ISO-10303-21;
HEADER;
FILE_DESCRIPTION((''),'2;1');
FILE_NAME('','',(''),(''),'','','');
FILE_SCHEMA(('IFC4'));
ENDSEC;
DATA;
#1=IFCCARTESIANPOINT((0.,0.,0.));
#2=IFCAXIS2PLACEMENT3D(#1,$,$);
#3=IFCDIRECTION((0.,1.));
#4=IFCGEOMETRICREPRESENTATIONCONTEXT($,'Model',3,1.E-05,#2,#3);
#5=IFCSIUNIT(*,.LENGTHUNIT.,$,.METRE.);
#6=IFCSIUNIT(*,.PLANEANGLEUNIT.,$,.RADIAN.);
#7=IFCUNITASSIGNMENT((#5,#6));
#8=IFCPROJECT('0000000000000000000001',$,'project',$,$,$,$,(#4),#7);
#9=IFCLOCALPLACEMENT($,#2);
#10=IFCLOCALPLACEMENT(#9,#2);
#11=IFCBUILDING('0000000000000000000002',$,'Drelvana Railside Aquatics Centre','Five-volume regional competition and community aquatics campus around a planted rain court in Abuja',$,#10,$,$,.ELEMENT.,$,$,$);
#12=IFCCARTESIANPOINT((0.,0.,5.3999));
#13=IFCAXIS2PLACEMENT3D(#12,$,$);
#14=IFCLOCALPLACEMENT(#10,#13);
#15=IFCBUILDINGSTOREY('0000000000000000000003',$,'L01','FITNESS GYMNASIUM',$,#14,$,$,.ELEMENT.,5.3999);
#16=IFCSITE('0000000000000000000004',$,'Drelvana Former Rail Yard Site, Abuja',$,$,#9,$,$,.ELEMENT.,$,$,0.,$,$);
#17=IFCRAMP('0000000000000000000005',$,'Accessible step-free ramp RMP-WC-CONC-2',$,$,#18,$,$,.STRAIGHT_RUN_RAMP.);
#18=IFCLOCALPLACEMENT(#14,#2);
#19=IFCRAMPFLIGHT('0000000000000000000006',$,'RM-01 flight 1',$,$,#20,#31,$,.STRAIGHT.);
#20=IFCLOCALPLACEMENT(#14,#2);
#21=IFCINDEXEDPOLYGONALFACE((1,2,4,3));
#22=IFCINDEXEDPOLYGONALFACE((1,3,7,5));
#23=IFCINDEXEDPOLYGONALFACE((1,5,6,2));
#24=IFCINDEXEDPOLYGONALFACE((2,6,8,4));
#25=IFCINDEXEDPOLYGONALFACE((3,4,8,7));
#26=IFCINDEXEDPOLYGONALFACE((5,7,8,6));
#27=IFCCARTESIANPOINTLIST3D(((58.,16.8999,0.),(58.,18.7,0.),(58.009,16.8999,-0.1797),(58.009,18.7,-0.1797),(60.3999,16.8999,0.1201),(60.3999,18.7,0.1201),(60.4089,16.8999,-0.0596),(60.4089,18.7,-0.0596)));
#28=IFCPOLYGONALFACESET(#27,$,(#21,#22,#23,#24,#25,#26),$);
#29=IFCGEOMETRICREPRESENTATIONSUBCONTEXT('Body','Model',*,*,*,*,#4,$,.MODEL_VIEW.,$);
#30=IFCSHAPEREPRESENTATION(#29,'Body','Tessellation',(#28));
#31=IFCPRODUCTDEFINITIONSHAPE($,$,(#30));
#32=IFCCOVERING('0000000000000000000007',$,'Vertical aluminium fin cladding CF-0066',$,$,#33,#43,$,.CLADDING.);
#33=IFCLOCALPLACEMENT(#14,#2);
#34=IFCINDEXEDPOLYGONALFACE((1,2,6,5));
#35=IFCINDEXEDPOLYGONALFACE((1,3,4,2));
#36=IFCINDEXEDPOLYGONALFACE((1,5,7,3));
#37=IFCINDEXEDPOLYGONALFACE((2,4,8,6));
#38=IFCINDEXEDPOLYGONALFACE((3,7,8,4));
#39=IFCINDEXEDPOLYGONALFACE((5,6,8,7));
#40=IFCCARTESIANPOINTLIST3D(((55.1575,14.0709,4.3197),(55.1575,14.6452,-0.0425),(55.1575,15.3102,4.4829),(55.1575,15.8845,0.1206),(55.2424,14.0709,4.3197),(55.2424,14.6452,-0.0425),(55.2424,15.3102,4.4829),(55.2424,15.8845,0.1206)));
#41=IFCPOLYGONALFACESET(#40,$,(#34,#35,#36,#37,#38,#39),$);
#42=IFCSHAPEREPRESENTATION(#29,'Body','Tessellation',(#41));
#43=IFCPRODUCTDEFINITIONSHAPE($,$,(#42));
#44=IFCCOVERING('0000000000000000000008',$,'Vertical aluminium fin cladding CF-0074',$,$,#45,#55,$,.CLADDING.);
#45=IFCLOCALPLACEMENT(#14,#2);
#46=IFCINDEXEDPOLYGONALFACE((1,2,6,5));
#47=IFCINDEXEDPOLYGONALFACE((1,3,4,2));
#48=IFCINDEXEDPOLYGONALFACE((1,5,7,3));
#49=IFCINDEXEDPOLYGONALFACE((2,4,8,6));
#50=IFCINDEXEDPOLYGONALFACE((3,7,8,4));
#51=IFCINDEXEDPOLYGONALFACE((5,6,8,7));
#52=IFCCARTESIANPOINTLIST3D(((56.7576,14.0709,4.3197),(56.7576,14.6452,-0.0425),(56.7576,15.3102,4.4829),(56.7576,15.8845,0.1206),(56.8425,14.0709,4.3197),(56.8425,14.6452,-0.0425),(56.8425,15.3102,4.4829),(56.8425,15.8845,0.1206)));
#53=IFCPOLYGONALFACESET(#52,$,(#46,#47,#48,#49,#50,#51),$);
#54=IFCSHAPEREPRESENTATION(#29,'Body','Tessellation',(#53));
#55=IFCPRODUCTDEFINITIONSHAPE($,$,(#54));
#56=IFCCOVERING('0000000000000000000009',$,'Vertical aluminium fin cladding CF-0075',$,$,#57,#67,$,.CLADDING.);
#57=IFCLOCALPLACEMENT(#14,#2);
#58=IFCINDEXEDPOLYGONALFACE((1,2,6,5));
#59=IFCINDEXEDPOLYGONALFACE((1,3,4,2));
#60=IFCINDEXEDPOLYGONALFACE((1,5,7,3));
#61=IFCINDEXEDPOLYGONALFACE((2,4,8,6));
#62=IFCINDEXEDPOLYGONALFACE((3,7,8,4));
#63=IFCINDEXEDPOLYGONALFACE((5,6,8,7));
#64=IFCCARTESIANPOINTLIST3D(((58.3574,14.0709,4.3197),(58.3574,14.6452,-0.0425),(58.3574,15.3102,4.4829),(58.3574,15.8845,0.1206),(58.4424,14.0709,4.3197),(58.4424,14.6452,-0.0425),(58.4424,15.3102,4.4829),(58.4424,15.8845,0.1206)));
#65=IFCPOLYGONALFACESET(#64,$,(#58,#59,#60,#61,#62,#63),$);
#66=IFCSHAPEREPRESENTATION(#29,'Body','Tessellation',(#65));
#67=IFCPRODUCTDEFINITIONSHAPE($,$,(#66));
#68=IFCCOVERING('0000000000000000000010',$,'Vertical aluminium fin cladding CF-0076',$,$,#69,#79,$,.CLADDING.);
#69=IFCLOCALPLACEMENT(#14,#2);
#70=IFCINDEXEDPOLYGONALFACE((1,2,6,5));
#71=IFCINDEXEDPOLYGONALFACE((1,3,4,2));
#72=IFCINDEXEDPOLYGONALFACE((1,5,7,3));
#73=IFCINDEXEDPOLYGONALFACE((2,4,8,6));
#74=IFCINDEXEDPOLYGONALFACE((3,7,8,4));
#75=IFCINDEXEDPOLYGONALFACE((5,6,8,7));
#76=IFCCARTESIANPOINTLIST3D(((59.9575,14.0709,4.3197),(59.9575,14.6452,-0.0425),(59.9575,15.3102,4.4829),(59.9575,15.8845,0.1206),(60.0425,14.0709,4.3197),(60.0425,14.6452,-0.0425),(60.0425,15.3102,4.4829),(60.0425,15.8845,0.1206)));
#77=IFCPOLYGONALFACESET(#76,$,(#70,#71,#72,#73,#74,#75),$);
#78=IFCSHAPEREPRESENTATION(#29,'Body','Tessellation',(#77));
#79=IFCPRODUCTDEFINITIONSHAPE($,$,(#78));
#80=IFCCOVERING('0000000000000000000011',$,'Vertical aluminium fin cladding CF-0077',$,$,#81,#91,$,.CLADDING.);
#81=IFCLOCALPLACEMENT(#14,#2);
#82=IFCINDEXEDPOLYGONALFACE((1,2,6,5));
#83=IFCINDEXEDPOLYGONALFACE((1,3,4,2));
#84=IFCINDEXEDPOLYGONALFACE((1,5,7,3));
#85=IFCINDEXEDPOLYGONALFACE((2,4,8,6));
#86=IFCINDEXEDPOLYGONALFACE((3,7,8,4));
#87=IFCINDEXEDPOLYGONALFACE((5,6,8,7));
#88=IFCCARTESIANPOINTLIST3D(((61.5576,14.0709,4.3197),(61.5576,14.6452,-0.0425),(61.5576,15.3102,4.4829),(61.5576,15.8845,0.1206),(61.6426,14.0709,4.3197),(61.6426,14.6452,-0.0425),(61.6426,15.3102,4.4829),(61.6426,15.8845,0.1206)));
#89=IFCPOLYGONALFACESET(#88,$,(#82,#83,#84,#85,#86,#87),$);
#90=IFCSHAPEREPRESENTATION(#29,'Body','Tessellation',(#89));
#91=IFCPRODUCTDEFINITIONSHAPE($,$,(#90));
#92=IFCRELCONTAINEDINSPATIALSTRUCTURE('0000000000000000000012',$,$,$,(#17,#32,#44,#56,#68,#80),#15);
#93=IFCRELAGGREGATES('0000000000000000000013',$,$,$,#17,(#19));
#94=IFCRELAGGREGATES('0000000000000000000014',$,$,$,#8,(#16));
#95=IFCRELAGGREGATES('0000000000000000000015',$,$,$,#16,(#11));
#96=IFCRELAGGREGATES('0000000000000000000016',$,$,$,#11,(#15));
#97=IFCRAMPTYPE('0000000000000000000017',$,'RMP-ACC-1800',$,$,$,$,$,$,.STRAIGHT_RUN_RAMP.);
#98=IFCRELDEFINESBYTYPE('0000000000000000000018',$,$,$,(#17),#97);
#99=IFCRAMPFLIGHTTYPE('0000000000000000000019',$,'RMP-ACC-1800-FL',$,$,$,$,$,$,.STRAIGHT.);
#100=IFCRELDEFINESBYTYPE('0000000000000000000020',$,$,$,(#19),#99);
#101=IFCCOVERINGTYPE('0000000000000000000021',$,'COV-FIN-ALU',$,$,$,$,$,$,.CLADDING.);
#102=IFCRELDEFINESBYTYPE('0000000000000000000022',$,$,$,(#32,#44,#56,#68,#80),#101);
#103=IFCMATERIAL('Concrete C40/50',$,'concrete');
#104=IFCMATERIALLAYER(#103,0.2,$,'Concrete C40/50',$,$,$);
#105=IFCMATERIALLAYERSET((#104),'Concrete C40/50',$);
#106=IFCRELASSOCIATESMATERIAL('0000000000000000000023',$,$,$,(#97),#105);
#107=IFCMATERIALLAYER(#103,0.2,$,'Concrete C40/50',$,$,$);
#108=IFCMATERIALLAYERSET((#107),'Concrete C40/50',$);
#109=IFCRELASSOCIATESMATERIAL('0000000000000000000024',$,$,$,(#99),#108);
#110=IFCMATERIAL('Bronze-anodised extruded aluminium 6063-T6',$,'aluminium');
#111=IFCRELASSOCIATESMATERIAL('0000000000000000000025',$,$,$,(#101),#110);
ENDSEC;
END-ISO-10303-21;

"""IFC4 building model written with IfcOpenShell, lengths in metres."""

from ifc_helpers import new_model, si_unit, direction, frame, origin, origin_2d, place, context, subcontext, project, spatial, polyline, rectangle, outline, extrude, material, layer, layer_set, type_object, element, aggregate, save


model = new_model("IFC4")

# Units and contexts
model_context = context("Model", 3, precision=1e-05, world=origin(), true_north=direction((0.0, 1.0)))
body_context = subcontext(model_context, "Body", "Model", "MODEL_VIEW")
ifc_project = project(units=[si_unit("LENGTHUNIT", "METRE"), si_unit("PLANEANGLEUNIT", "RADIAN")], contexts=[model_context])

# Site, building, storey
site_placement = place(None, origin())
site = spatial("IfcSite", under=ifc_project, at=site_placement, Name="Drelvana Former Rail Yard Site, Abuja", CompositionType="ELEMENT", RefElevation=0.0)
building_placement = place(site_placement, origin())
building = spatial("IfcBuilding", under=site, at=building_placement, Name="Drelvana Railside Aquatics Centre", Description="Five-volume regional competition and community aquatics campus around a planted rain court in Abuja", CompositionType="ELEMENT")
storey_placement = place(building_placement, frame((0.0, 0.0, 5.3999)))
storey = spatial("IfcBuildingStorey", under=building, at=storey_placement, Name="L01", Description="FITNESS GYMNASIUM", CompositionType="ELEMENT", Elevation=5.3999)

# Shared definitions
ifc_material_1 = material(Name="Concrete C40/50", Category="concrete")

# Ramp, ramp flight
ifc_layer_1 = layer(ifc_material_1, 0.2, Name="Concrete C40/50")
ifc_layer_set_1 = layer_set([ifc_layer_1], Name="Concrete C40/50")
ramp_type = type_object("IfcRampType", Name="RMP-ACC-1800", PredefinedType="STRAIGHT_RUN_RAMP", material=ifc_layer_set_1)
ramp_placement = place(storey_placement, origin())
ramp = element("IfcRamp", 1, at=ramp_placement, inside=storey, type_object=ramp_type, Name="Accessible step-free ramp RMP-WC-CONC-2", PredefinedType="STRAIGHT_RUN_RAMP")
ifc_layer_2 = layer(ifc_material_1, 0.2, Name="Concrete C40/50")
ifc_layer_set_2 = layer_set([ifc_layer_2], Name="Concrete C40/50")
ramp_flight_type = type_object("IfcRampFlightType", Name="RMP-ACC-1800-FL", PredefinedType="STRAIGHT", material=ifc_layer_set_2)
ramp_flight_placement = place(storey_placement, frame((58.0, 16.8999, 0.0), z_axis=(-0.049988, 0.0, 0.99875), x_axis=(0.99875, 0.0, 0.049988)))
ramp_flight = element("IfcRampFlight", 2, at=ramp_flight_placement, type_object=ramp_flight_type, Name="RM-01 flight 1", PredefinedType="STRAIGHT", context=body_context, shape_type="SweptSolid", body=[
    extrude(outline(polyline([(0.0, 0.0), (2.4029, 0.0), (2.4029, 1.8), (0.0, 1.8), (0.0, 0.0)])), origin(), (0.0, 0.0, -1.0), 0.1799),
])
aggregate(ramp, [ramp_flight])

# Coverings
ifc_material_2 = material(Name="Bronze-anodised extruded aluminium 6063-T6", Category="aluminium")
covering_type = type_object("IfcCoveringType", Name="COV-FIN-ALU", PredefinedType="CLADDING", material=ifc_material_2)
for number, where, z_axis, x_axis, name in (
    (3, (55.2, 15.2649, 0.0391), (0.0, -0.130526, 0.991445), (-1.0, 0.0, 0.0), "Vertical aluminium fin cladding CF-0066"),
    (4, (56.8, 15.2649, 0.0391), (0.0, -0.130526, 0.991445), (-1.0, 0.0, 0.0), "Vertical aluminium fin cladding CF-0074"),
    (5, (58.3999, 15.2649, 0.0391), (0.0, -0.130526, 0.991445), (-1.0, 0.0, 0.0), "Vertical aluminium fin cladding CF-0075"),
    (6, (60.0, 15.2649, 0.0391), (0.0, -0.130526, 0.991445), (-1.0, 0.0, 0.0), "Vertical aluminium fin cladding CF-0076"),
    (7, (61.6001, 15.2649, 0.0391), (0.0, -0.130526, 0.991445), (-1.0, 0.0, 0.0), "Vertical aluminium fin cladding CF-0077"),
):
    element("IfcCovering", number, at=place(storey_placement, frame(where, z_axis=z_axis, x_axis=x_axis)), inside=storey, type_object=covering_type, Name=name, PredefinedType="CLADDING", context=body_context, shape_type="SweptSolid", body=[
        extrude(rectangle(XDim=0.085, YDim=1.25, at=origin_2d()), origin(), (0.0, 0.0, 1.0), 4.3999),
    ])

save(model, "model.ifc")
